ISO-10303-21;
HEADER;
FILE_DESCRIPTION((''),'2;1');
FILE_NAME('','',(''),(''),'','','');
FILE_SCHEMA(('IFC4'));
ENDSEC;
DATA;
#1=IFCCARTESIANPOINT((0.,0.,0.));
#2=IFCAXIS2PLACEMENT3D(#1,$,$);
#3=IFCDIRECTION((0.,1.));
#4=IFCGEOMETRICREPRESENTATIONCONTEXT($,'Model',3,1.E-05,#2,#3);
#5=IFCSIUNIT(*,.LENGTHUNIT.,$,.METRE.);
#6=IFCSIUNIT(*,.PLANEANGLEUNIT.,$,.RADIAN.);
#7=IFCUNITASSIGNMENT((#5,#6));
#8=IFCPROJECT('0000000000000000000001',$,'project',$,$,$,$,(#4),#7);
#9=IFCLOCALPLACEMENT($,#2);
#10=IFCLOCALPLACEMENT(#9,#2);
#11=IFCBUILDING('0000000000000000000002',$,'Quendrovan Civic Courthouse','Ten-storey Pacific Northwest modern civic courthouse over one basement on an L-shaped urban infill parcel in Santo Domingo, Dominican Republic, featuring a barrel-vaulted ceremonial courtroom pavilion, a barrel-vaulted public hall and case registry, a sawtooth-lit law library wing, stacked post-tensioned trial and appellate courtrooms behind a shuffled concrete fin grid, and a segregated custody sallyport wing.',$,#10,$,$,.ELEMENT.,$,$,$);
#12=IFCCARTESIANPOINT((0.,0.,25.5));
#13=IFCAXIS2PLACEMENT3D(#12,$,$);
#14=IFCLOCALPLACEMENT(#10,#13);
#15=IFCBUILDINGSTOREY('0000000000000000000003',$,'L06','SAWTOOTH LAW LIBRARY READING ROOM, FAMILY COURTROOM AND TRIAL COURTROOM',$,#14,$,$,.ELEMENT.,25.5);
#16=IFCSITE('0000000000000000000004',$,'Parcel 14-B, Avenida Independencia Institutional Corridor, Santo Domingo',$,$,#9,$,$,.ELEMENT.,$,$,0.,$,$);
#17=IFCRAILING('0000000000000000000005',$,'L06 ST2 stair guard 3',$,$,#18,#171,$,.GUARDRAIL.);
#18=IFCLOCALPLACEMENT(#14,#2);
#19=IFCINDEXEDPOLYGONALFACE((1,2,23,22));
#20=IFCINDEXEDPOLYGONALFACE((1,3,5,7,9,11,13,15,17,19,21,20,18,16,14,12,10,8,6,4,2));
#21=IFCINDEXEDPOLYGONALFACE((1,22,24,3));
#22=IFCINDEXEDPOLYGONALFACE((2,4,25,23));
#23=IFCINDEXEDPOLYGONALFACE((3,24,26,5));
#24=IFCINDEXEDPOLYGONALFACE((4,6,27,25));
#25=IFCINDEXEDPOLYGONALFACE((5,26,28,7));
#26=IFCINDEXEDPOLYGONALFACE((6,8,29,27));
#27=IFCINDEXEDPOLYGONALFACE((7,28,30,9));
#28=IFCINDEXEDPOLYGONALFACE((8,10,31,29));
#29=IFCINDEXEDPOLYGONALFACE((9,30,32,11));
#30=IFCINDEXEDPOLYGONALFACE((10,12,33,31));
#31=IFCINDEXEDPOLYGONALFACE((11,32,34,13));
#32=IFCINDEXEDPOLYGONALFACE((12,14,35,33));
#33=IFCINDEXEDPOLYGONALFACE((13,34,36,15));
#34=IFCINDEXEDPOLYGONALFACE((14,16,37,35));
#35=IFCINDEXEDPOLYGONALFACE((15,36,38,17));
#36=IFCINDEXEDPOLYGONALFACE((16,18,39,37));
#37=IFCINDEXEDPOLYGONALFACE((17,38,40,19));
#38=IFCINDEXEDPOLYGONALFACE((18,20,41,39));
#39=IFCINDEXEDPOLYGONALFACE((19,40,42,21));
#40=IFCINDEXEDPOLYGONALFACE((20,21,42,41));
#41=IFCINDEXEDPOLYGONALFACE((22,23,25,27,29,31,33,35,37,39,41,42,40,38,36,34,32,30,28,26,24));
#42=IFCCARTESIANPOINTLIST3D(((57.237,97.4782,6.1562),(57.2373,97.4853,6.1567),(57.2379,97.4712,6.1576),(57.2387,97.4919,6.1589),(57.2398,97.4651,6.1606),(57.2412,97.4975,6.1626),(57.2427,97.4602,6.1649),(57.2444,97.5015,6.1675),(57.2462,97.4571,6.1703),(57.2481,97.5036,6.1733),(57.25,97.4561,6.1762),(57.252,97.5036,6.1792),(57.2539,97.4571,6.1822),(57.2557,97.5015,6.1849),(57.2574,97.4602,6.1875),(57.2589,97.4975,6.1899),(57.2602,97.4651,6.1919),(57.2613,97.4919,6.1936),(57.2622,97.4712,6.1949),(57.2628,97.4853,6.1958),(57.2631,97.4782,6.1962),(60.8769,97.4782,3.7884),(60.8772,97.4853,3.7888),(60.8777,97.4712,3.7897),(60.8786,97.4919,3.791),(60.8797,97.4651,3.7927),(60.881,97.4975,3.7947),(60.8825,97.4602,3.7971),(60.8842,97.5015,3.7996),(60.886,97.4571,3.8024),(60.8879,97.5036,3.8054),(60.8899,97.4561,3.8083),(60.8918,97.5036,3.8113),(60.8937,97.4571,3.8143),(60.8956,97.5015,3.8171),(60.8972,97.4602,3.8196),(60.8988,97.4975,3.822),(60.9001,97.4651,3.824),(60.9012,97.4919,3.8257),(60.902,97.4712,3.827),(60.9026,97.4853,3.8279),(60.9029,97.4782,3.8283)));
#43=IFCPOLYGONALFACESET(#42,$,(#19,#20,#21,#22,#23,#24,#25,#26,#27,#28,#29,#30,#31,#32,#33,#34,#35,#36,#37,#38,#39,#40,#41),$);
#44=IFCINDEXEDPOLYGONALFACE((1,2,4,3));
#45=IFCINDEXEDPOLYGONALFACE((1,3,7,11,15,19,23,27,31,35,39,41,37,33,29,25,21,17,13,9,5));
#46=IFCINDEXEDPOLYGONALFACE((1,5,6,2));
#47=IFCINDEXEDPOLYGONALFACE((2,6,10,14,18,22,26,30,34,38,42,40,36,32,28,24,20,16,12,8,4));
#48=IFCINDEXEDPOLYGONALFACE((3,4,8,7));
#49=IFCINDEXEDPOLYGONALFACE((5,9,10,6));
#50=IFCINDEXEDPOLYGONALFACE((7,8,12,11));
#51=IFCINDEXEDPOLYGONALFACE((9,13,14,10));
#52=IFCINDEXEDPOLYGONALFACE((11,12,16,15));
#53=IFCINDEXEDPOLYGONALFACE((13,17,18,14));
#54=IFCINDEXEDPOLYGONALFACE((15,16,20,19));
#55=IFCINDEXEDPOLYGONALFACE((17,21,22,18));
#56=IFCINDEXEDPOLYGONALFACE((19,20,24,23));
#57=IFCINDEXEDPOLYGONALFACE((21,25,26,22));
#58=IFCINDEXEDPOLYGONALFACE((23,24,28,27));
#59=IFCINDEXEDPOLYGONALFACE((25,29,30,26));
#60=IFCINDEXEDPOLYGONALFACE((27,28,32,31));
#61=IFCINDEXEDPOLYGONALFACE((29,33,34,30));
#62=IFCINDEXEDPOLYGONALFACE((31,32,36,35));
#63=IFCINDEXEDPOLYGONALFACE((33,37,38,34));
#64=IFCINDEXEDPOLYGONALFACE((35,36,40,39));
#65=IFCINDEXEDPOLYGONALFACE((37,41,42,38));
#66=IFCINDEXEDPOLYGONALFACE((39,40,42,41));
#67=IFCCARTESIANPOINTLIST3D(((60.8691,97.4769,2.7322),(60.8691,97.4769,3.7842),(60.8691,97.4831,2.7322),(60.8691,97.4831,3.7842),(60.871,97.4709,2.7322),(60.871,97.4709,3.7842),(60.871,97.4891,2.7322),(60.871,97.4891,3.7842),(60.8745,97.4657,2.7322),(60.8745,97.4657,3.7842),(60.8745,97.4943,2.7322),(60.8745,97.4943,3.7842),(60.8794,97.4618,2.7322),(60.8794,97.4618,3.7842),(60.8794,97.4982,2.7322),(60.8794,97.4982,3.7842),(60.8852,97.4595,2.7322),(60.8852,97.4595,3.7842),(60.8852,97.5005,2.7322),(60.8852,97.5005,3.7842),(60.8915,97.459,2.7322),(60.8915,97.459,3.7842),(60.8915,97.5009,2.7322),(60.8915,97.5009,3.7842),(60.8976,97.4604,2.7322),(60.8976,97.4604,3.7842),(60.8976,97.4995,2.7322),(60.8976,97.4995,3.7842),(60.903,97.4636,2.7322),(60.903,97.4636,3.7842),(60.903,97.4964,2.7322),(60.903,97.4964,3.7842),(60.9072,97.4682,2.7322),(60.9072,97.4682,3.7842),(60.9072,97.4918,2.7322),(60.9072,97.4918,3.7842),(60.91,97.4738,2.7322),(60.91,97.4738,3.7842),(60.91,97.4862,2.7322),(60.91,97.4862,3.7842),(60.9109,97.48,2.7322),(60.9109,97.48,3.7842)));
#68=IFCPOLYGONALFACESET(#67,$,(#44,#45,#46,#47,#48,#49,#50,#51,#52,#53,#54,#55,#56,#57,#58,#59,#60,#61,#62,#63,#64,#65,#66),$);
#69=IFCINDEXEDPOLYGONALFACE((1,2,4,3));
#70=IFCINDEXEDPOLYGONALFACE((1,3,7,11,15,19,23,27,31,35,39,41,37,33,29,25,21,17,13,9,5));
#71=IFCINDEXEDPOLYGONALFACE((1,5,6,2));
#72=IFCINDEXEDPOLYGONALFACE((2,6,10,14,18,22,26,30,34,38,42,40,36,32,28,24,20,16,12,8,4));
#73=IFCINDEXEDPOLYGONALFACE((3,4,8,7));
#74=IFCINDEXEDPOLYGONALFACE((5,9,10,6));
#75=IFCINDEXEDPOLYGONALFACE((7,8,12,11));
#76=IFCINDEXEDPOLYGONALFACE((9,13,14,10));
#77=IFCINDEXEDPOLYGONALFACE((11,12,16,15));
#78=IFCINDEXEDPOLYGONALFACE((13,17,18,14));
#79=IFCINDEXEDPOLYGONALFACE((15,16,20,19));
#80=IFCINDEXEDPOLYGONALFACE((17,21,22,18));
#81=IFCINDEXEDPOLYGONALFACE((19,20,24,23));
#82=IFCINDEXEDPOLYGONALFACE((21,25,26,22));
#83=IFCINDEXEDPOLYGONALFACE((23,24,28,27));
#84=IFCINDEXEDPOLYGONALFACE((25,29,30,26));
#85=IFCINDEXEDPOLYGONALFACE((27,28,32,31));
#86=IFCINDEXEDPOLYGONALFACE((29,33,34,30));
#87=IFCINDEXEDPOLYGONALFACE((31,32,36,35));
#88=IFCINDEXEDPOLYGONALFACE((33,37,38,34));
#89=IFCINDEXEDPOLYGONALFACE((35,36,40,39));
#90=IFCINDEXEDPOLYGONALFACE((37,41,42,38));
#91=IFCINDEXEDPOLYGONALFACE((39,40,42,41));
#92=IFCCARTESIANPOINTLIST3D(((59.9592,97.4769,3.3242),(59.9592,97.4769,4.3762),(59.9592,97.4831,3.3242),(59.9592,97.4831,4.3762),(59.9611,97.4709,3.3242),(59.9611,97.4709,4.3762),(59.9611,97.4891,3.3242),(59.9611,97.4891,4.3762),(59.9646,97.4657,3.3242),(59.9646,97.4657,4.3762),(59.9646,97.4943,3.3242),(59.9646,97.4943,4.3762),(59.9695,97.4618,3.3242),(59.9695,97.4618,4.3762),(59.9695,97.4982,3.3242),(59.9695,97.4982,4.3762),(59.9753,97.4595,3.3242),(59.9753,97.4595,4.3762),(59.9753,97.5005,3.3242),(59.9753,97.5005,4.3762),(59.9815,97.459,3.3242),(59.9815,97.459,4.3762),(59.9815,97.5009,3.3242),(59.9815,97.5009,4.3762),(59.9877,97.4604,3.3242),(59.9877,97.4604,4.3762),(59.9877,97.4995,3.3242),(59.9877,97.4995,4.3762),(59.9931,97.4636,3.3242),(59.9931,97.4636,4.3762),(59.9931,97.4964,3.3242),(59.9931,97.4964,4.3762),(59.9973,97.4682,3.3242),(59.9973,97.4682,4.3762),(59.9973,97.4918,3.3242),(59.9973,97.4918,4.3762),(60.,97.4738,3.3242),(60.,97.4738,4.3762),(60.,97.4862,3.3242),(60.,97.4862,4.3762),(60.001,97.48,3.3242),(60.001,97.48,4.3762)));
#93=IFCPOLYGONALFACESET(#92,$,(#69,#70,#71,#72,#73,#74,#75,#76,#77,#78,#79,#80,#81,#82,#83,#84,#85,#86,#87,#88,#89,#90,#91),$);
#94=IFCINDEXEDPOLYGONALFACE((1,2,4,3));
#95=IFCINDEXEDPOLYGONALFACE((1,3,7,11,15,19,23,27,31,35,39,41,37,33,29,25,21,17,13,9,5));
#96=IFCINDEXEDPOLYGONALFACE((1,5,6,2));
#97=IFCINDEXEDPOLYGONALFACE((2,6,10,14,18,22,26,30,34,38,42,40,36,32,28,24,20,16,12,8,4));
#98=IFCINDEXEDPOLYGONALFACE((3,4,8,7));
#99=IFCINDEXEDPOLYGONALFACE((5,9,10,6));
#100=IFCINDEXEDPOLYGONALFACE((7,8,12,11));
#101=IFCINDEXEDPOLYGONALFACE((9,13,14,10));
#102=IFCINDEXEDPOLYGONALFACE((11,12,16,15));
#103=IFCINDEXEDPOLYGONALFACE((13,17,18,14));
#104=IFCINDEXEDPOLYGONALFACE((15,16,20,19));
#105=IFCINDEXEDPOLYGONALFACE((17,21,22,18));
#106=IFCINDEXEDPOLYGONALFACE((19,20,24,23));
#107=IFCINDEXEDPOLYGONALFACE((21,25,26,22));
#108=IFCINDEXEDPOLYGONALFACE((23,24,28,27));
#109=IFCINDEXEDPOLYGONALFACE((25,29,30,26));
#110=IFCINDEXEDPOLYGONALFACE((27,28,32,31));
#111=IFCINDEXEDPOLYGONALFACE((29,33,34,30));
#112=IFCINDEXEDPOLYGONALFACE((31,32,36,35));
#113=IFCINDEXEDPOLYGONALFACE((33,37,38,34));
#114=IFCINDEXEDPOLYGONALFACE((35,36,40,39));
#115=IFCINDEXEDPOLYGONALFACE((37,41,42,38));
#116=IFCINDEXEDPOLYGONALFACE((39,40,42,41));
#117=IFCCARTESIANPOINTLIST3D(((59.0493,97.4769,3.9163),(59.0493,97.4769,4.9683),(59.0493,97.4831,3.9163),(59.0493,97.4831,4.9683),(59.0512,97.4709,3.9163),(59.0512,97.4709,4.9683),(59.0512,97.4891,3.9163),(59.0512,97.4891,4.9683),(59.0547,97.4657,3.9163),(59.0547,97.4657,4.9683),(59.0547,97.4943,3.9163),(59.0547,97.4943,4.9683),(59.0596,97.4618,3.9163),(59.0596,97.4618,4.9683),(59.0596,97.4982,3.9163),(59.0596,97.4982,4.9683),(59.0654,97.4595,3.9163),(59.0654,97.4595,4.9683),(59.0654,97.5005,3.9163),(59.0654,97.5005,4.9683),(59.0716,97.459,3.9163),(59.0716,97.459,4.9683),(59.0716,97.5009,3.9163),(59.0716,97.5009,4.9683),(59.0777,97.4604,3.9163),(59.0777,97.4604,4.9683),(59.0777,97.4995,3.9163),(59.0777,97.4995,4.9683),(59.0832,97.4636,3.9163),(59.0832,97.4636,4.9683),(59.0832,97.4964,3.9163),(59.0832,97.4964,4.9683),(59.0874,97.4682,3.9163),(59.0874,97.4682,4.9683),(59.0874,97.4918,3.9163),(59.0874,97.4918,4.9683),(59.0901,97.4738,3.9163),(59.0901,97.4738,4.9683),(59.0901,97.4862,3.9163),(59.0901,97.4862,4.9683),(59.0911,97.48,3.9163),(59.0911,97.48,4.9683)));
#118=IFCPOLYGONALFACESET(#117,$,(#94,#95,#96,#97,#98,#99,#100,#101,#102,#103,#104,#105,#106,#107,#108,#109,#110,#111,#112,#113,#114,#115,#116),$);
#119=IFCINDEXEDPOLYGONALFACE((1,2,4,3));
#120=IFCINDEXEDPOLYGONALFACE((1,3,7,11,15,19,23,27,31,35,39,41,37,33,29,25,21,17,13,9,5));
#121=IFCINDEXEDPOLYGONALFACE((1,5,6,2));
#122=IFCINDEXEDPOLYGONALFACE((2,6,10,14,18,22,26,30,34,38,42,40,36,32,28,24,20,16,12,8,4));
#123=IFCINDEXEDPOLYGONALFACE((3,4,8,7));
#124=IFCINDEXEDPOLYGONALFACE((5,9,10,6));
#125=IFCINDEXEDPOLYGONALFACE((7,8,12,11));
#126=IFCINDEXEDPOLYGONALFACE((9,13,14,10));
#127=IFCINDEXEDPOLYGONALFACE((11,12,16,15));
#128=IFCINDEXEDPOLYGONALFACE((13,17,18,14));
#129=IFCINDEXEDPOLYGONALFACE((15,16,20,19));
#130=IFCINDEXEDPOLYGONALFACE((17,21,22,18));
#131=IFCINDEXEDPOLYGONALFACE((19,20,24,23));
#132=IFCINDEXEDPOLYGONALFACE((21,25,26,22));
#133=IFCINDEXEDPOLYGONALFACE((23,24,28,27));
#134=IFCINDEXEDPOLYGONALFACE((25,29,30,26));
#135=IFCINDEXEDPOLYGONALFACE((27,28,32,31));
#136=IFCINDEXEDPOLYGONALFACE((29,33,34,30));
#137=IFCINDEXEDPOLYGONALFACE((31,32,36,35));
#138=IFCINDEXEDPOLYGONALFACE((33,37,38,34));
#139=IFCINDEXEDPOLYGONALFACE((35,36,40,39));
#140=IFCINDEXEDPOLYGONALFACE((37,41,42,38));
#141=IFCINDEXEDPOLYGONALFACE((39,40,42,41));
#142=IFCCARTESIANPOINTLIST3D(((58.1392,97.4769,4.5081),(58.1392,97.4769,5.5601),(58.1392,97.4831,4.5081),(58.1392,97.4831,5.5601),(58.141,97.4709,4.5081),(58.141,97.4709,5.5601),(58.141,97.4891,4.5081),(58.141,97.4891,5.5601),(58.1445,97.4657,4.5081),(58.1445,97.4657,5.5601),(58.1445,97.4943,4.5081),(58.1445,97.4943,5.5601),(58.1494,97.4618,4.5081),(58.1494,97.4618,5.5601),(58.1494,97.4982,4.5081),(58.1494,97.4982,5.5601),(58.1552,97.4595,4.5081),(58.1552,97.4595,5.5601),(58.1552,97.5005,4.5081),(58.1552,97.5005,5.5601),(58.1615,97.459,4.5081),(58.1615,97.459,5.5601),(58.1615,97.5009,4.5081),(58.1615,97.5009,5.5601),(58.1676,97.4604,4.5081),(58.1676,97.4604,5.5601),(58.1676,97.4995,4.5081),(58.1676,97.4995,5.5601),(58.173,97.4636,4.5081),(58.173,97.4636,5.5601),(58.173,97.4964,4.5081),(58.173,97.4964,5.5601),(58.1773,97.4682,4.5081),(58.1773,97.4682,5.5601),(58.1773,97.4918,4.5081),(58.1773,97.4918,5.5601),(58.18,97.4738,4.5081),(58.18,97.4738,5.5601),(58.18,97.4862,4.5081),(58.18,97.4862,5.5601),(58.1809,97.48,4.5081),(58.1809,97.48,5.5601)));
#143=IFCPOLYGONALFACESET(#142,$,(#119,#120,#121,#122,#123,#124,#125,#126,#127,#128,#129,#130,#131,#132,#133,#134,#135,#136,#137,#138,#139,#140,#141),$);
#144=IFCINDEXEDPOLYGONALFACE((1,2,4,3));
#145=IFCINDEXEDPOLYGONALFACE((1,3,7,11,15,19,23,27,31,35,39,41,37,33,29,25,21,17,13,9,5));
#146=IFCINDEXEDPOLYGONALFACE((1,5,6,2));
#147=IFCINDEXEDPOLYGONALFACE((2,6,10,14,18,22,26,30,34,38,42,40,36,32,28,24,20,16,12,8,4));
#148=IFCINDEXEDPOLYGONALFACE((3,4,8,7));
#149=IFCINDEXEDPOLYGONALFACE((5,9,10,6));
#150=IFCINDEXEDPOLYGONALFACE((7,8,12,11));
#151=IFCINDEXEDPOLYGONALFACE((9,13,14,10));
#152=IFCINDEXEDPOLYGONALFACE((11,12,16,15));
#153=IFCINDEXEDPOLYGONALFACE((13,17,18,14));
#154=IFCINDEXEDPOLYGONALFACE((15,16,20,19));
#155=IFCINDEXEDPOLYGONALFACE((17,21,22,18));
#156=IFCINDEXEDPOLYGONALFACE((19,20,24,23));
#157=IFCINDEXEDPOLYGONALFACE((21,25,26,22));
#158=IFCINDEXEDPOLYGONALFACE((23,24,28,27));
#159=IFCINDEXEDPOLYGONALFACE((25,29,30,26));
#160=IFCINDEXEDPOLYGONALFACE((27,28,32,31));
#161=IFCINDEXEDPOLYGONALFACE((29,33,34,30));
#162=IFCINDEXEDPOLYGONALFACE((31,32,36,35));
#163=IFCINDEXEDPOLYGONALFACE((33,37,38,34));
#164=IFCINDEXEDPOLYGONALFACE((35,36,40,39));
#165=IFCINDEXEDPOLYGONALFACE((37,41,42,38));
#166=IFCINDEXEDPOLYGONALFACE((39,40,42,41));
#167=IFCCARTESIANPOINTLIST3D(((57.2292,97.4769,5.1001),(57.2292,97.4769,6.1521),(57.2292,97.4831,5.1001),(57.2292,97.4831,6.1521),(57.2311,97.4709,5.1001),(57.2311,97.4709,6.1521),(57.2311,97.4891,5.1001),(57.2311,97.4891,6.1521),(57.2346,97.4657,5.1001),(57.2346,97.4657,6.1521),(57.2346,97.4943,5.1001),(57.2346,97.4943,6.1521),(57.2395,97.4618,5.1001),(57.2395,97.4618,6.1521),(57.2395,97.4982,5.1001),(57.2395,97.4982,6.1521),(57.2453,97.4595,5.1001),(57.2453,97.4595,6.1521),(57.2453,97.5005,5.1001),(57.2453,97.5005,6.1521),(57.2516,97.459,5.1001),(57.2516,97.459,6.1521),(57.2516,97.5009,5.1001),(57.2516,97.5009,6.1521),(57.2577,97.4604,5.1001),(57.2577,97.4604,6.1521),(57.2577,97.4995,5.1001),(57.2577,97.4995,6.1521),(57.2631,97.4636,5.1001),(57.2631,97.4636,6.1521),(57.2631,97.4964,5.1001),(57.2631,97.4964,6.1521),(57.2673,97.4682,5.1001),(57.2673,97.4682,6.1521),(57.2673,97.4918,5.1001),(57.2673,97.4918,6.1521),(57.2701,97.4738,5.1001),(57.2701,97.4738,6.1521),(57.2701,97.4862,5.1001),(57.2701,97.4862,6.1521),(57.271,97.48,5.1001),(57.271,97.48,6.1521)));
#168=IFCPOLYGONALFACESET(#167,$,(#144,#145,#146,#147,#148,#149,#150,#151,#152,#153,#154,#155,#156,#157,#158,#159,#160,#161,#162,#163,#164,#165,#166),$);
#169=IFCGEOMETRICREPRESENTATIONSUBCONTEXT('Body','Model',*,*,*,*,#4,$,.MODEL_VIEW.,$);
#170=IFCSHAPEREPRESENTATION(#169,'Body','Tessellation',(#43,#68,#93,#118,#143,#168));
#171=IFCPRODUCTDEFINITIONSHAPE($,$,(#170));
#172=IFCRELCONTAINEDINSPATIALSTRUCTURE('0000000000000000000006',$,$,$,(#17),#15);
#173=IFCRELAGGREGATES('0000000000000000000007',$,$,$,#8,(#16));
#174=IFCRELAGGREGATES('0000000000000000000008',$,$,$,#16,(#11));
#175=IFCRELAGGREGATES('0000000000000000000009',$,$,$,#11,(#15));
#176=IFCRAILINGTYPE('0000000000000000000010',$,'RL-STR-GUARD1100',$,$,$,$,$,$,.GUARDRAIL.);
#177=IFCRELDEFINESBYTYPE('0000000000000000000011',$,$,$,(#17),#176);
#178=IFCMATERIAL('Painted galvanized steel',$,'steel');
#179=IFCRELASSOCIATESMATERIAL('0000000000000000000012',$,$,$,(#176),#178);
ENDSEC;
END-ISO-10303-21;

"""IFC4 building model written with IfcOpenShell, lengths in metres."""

from ifc_helpers import new_model, si_unit, direction, frame, origin, origin_2d, place, context, subcontext, project, spatial, circle, extrude, material, type_object, element, save


model = new_model("IFC4")

# Units and contexts
model_context = context("Model", 3, precision=1e-05, world=origin(), true_north=direction((0.0, 1.0)))
body_context = subcontext(model_context, "Body", "Model", "MODEL_VIEW")
ifc_project = project(units=[si_unit("LENGTHUNIT", "METRE"), si_unit("PLANEANGLEUNIT", "RADIAN")], contexts=[model_context])

# Site, building, storey
site_placement = place(None, origin())
site = spatial("IfcSite", under=ifc_project, at=site_placement, Name="Parcel 14-B, Avenida Independencia Institutional Corridor, Santo Domingo", CompositionType="ELEMENT", RefElevation=0.0)
building_placement = place(site_placement, origin())
building = spatial("IfcBuilding", under=site, at=building_placement, Name="Quendrovan Civic Courthouse", Description="Ten-storey Pacific Northwest modern civic courthouse over one basement on an L-shaped urban infill parcel in Santo Domingo, Dominican Republic, featuring a barrel-vaulted ceremonial courtroom pavilion, a barrel-vaulted public hall and case registry, a sawtooth-lit law library wing, stacked post-tensioned trial and appellate courtrooms behind a shuffled concrete fin grid, and a segregated custody sallyport wing.", CompositionType="ELEMENT")
storey_placement = place(building_placement, frame((0.0, 0.0, 25.5)))
storey = spatial("IfcBuildingStorey", under=building, at=storey_placement, Name="L06", Description="SAWTOOTH LAW LIBRARY READING ROOM, FAMILY COURTROOM AND TRIAL COURTROOM", CompositionType="ELEMENT", Elevation=25.5)

# Railing
ifc_material_1 = material(Name="Painted galvanized steel", Category="steel")
railing_type_1 = type_object("IfcRailingType", Name="RL-STR-GUARD1100", PredefinedType="GUARDRAIL", material=ifc_material_1)
railing_1_placement = place(storey_placement, frame((60.8899, 97.48, 2.7322)))
element("IfcRailing", 1, at=railing_1_placement, inside=storey, type_object=railing_type_1, Name="L06 ST2 stair guard 3", PredefinedType="GUARDRAIL", context=body_context, shape_type="SweptSolid", body=[
    extrude(circle(Radius=0.0239, at=origin_2d()), frame((0.0, 0.0, 1.0762), z_axis=(-0.838234, 0.0, 0.54531), x_axis=(0.0, -1.0, 0.0)), (0.0, 0.0, 1.0), 4.3423),
    extrude(circle(Radius=0.021, at=origin_2d()), origin(), (0.0, 0.0, 1.0), 1.052),
    extrude(circle(Radius=0.021, at=origin_2d()), frame((-0.9099, 0.0, 0.592)), (0.0, 0.0, 1.0), 1.052),
    extrude(circle(Radius=0.021, at=origin_2d()), frame((-1.8198, 0.0, 1.1841)), (0.0, 0.0, 1.0), 1.052),
    extrude(circle(Radius=0.021, at=origin_2d()), frame((-2.73, 0.0, 1.7759)), (0.0, 0.0, 1.0), 1.052),
    extrude(circle(Radius=0.021, at=origin_2d()), frame((-3.6399, 0.0, 2.3679)), (0.0, 0.0, 1.0), 1.052),
])

save(model, "model.ifc")
